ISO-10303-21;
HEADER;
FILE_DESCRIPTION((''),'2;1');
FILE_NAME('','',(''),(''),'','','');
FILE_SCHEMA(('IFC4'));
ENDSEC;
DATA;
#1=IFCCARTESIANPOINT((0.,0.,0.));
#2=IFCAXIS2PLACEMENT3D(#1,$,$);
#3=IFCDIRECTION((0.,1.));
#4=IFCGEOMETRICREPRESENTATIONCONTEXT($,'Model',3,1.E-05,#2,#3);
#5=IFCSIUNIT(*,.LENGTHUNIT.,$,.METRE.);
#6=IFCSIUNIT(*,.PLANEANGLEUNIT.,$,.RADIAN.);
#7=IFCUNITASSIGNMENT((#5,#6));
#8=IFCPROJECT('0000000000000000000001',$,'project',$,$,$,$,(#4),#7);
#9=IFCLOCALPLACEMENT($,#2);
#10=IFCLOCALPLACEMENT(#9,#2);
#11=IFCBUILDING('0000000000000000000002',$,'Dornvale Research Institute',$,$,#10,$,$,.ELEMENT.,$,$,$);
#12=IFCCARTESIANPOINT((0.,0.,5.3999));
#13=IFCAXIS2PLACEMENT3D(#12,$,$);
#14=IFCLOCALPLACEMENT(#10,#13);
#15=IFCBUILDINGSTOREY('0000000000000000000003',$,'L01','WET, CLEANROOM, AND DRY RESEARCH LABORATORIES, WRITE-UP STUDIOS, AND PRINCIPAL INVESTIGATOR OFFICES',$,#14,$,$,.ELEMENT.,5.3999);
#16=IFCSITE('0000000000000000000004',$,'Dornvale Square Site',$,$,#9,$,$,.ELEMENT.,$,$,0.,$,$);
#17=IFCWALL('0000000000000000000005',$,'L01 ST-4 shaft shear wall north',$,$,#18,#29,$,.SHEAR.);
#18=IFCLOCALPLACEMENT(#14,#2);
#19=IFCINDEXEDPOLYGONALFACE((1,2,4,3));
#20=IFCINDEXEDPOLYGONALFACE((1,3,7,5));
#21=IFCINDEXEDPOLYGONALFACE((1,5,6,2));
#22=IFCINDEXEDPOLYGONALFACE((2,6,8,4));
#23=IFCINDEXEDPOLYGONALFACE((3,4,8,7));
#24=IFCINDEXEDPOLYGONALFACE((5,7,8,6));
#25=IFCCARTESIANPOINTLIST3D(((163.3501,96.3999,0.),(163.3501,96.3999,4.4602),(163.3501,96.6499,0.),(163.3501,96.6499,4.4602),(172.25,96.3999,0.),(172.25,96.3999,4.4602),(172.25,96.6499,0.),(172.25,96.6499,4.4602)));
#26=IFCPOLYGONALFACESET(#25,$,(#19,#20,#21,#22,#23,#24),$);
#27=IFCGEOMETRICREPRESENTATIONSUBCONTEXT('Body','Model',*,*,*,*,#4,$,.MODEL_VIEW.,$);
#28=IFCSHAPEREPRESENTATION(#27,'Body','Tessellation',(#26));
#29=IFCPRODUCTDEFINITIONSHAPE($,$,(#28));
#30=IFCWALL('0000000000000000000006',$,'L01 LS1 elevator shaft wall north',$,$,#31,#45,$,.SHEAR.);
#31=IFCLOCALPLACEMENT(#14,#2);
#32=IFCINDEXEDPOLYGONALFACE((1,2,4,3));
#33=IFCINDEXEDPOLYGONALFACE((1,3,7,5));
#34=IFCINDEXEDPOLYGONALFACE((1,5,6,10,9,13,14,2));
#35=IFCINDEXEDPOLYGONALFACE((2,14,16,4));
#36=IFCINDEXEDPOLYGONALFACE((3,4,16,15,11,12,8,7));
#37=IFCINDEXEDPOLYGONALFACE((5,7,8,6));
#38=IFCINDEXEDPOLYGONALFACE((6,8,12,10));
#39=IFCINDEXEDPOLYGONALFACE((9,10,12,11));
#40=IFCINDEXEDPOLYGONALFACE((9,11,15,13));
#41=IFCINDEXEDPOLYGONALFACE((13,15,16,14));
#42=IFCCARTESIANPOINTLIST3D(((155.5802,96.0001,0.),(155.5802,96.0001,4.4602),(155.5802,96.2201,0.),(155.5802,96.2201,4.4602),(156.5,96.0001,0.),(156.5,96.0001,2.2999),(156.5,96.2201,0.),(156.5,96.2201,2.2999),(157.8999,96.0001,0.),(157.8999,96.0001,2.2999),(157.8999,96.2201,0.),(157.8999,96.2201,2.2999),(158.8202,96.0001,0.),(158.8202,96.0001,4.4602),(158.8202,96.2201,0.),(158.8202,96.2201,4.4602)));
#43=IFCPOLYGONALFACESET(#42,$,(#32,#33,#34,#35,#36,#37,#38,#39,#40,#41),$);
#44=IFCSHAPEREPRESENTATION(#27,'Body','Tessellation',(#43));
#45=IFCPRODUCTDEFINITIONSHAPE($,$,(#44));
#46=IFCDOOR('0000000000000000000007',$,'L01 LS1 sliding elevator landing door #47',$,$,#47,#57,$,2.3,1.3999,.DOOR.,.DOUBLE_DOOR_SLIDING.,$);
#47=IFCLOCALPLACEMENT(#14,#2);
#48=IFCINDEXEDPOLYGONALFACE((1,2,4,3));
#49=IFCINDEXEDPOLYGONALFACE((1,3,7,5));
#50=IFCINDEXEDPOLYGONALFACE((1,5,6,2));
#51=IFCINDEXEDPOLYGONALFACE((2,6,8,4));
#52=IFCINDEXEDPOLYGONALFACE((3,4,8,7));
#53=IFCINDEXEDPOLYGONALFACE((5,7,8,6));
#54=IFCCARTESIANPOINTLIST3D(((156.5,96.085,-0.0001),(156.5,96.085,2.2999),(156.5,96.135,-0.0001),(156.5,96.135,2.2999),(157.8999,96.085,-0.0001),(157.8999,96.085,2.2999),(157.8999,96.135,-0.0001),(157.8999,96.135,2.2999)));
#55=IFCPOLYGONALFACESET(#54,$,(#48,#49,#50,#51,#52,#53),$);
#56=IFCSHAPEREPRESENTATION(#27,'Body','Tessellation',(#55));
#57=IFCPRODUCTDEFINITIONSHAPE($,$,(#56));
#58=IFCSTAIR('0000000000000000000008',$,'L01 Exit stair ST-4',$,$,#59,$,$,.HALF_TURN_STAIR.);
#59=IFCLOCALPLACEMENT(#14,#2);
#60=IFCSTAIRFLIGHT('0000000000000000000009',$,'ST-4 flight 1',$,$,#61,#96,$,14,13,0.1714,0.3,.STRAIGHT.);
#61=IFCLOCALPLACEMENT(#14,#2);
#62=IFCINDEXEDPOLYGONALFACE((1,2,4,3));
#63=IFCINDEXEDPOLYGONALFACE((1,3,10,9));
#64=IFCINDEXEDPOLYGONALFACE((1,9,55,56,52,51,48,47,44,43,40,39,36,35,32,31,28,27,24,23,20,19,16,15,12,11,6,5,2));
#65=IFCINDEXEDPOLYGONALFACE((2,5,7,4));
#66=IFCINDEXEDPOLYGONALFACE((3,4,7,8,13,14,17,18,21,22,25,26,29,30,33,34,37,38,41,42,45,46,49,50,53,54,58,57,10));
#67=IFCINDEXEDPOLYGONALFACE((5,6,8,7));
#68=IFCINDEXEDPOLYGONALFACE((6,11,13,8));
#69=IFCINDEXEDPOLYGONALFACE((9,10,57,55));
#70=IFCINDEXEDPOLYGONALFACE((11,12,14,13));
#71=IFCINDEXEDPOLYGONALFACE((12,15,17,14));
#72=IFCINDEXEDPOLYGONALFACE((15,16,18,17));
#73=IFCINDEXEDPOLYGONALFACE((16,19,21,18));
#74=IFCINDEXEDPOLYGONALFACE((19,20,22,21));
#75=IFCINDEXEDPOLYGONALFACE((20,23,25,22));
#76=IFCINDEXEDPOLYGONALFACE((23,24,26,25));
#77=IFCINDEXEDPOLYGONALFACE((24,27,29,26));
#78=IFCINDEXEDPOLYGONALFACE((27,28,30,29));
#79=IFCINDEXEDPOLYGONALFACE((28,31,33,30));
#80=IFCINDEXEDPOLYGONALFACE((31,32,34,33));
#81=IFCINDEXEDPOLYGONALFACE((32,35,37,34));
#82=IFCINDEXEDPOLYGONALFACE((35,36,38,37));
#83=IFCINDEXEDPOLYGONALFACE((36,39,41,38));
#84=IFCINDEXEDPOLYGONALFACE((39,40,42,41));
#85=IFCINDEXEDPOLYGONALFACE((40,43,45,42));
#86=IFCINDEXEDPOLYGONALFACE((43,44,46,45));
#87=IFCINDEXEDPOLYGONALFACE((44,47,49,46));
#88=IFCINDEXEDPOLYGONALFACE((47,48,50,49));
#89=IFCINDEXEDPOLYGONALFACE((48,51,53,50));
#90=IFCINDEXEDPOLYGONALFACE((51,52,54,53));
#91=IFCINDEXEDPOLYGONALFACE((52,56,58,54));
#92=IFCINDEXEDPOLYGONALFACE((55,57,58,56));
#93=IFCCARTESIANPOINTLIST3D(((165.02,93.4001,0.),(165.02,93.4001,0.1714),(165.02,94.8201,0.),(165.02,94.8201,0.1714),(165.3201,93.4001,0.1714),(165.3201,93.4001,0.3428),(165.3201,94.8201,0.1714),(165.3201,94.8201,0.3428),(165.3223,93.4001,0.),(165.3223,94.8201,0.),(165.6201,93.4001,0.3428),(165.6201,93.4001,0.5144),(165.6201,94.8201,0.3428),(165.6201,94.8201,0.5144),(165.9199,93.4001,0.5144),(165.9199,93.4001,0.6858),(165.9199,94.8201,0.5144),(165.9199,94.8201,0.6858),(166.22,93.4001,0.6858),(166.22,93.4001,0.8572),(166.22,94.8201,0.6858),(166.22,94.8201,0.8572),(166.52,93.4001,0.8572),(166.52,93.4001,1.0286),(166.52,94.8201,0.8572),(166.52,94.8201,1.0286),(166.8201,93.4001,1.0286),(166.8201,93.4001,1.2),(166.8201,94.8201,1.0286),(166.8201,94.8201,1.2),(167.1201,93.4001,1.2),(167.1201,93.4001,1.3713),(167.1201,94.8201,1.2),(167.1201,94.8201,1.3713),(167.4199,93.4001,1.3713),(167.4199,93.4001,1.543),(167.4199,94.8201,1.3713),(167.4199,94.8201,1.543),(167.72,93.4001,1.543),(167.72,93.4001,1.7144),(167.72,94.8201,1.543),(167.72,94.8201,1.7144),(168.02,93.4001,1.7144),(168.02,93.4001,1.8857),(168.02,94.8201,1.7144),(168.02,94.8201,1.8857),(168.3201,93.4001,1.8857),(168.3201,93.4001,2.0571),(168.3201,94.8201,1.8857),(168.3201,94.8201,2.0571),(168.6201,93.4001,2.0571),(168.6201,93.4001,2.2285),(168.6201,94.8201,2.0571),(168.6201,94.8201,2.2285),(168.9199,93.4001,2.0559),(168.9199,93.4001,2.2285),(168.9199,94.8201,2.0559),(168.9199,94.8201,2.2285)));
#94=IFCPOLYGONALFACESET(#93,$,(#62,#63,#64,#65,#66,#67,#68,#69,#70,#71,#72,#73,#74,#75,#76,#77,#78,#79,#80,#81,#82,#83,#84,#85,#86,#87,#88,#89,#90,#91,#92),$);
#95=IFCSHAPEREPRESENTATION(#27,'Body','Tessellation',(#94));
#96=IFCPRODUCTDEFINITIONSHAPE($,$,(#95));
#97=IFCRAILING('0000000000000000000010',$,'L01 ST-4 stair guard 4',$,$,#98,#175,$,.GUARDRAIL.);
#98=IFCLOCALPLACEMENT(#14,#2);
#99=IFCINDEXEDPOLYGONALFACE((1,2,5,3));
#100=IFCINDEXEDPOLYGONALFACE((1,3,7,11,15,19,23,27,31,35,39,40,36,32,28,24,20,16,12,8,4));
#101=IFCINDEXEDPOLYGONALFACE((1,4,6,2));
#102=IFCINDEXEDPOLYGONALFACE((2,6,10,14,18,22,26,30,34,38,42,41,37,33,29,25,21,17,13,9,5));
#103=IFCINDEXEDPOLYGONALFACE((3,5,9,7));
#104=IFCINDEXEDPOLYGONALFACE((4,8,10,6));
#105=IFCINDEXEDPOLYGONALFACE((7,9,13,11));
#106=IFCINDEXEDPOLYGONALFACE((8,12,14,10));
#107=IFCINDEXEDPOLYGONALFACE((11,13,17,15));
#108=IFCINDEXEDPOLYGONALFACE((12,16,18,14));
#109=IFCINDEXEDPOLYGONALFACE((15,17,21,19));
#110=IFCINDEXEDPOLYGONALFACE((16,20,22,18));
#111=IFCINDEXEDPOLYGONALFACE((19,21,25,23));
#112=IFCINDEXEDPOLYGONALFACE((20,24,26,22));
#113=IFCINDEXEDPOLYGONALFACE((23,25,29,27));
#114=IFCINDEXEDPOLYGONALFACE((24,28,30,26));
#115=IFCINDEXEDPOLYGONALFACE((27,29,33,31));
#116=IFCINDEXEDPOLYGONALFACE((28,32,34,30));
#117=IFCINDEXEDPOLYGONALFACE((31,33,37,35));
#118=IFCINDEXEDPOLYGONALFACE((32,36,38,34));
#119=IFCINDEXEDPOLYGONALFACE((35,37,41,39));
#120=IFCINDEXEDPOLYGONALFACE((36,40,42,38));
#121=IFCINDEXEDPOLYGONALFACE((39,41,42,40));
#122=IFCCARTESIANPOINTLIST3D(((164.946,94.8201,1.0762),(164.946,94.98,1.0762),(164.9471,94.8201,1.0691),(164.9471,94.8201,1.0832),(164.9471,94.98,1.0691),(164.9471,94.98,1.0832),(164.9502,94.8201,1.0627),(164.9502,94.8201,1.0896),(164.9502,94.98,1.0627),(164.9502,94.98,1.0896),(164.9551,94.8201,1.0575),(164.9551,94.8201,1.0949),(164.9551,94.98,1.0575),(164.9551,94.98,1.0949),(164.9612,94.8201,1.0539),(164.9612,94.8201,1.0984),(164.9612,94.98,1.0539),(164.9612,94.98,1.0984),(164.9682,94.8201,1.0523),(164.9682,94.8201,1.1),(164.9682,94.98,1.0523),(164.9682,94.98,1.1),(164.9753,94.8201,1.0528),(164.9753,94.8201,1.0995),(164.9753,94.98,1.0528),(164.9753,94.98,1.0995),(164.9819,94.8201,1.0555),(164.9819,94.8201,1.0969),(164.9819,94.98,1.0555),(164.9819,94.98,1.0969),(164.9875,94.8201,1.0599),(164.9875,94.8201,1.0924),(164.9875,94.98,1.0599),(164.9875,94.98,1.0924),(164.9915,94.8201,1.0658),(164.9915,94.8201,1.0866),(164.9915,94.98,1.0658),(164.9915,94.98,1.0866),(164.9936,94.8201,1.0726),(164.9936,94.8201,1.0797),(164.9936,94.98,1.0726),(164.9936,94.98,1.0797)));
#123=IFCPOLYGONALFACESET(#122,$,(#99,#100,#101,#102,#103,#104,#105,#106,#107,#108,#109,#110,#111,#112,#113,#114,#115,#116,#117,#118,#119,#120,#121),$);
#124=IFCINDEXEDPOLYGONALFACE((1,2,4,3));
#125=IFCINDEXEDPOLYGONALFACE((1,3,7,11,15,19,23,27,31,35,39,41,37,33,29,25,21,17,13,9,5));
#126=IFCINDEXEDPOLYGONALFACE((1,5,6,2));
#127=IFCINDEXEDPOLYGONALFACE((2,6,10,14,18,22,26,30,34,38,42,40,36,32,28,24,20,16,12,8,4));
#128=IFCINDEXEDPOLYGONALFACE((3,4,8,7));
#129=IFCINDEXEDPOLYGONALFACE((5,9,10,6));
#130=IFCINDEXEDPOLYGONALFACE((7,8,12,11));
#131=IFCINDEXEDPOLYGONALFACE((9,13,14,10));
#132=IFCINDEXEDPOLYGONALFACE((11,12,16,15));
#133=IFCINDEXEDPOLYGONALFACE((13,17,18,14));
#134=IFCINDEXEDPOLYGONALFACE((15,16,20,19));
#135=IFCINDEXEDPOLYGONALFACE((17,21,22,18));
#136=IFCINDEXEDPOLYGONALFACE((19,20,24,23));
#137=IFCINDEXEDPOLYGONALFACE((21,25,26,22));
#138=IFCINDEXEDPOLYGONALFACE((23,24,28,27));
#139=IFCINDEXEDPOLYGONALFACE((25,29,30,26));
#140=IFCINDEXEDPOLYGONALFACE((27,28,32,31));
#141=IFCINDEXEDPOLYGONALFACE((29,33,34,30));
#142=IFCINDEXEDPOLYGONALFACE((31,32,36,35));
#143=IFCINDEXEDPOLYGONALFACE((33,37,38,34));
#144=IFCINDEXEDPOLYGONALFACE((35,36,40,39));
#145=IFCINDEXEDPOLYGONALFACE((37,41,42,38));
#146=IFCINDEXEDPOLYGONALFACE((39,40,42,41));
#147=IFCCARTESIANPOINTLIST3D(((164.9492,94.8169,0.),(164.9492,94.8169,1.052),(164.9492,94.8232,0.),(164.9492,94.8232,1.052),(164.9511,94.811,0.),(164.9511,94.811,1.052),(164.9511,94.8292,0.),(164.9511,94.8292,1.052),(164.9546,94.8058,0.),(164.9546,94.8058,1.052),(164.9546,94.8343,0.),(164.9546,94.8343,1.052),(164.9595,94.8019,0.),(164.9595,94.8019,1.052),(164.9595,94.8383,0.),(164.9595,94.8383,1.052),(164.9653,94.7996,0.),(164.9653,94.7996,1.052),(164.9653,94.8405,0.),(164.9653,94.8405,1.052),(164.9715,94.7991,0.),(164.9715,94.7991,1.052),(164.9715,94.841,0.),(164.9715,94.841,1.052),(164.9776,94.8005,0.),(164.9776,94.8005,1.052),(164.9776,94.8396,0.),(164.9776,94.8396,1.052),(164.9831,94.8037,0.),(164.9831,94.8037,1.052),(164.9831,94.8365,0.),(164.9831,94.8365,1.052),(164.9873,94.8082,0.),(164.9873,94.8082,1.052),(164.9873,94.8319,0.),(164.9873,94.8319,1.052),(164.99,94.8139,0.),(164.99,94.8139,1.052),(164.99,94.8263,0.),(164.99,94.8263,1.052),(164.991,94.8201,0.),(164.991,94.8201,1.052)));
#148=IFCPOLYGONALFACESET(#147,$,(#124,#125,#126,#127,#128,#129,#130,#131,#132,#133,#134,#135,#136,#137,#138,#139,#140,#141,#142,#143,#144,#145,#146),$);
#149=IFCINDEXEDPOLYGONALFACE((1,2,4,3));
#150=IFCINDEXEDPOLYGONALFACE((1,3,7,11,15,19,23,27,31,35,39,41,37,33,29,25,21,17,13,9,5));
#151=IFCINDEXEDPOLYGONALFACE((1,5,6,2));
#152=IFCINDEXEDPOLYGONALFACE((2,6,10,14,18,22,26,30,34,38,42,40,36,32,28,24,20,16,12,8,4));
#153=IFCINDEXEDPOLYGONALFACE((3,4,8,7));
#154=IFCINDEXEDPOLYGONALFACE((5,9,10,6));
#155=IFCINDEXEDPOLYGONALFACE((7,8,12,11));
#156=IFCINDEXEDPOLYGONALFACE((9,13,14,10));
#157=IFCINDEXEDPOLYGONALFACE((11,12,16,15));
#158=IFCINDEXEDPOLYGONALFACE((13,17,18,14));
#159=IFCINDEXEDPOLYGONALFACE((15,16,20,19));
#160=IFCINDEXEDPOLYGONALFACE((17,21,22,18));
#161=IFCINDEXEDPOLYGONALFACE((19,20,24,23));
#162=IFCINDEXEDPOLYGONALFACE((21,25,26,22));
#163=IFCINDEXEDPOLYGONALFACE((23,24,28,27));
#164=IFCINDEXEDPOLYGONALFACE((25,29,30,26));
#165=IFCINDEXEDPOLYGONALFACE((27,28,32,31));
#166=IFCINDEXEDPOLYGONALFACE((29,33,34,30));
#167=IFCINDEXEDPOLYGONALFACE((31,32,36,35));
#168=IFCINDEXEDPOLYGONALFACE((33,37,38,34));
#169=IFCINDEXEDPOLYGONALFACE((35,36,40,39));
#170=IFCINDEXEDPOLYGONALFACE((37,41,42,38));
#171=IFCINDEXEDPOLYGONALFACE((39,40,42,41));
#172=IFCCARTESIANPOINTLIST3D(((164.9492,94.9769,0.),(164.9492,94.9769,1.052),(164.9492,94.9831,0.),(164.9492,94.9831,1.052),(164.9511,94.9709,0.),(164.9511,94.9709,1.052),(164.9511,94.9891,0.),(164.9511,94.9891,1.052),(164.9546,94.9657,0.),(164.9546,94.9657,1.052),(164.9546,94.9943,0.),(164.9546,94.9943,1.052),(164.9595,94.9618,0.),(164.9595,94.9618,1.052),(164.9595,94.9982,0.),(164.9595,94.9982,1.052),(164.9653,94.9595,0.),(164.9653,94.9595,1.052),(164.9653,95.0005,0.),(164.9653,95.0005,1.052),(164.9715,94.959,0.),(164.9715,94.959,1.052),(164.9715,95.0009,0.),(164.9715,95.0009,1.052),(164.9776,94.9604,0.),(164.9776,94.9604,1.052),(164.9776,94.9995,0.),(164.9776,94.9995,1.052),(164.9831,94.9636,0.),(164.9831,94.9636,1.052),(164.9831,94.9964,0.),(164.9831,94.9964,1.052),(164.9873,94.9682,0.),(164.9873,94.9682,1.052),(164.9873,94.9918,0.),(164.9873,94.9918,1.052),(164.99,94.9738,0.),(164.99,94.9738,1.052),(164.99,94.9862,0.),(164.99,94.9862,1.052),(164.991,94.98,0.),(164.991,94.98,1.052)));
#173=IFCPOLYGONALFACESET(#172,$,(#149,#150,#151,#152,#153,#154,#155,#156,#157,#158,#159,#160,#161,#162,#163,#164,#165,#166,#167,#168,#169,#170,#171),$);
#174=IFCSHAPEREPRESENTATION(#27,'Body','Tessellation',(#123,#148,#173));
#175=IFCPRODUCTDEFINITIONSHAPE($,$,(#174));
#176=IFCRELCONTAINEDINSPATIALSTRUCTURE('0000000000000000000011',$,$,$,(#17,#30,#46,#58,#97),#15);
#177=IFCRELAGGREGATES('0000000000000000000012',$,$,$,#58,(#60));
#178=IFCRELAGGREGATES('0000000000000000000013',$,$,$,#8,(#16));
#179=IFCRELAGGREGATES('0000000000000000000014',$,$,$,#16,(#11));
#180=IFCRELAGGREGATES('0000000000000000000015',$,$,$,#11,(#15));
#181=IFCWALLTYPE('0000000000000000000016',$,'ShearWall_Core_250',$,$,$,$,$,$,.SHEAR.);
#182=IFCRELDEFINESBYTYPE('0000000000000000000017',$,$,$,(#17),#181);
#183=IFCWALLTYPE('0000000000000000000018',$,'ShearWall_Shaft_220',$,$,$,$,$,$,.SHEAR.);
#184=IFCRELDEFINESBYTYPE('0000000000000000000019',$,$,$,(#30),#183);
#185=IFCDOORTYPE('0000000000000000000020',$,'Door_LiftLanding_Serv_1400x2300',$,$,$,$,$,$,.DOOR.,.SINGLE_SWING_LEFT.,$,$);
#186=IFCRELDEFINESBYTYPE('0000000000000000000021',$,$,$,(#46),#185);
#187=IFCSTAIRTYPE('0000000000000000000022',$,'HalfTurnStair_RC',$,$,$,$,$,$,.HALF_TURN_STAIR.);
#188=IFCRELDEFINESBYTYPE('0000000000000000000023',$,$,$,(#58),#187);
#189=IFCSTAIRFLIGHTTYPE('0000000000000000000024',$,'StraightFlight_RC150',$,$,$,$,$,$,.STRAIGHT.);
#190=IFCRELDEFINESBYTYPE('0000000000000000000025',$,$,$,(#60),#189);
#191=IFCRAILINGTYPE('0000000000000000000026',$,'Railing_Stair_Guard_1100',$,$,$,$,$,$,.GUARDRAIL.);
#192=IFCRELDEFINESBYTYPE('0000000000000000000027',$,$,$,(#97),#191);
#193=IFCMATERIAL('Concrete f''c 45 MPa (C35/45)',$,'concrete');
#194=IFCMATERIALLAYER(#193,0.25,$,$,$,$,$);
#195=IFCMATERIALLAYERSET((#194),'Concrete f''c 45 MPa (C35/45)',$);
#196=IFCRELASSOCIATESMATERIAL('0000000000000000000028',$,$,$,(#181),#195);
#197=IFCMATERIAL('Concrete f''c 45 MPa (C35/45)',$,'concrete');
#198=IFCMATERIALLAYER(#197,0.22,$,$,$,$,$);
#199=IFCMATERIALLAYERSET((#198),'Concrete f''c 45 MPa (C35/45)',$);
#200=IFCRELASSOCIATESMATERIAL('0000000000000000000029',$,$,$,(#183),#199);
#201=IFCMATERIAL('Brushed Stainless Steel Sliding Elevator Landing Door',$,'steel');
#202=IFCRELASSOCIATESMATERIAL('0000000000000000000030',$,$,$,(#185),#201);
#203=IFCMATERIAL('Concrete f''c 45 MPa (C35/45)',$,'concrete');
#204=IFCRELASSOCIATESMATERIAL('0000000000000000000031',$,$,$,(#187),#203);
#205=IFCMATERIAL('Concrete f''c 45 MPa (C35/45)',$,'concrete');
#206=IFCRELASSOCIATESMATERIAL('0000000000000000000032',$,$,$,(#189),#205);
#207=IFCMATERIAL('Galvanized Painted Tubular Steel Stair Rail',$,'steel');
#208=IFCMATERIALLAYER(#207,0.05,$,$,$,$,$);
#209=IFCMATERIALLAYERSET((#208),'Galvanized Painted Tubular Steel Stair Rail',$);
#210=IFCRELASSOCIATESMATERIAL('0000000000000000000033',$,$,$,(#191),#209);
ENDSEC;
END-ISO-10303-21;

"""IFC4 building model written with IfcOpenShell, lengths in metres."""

from ifc_helpers import new_model, si_unit, direction, frame, frame_2d, origin, origin_2d, place, context, subcontext, project, spatial, polyline, rectangle, circle, outline, extrude, material, layer, layer_set, type_object, element, fill, aggregate, save


model = new_model("IFC4")

# Units and contexts
model_context = context("Model", 3, precision=1e-05, world=origin(), true_north=direction((0.0, 1.0)))
body_context = subcontext(model_context, "Body", "Model", "MODEL_VIEW")
ifc_project = project(units=[si_unit("LENGTHUNIT", "METRE"), si_unit("PLANEANGLEUNIT", "RADIAN")], contexts=[model_context])

# Site, building, storey
site_placement = place(None, origin())
site = spatial("IfcSite", under=ifc_project, at=site_placement, Name="Dornvale Square Site", CompositionType="ELEMENT", RefElevation=0.0)
building_placement = place(site_placement, origin())
building = spatial("IfcBuilding", under=site, at=building_placement, Name="Dornvale Research Institute", CompositionType="ELEMENT")
storey_placement = place(building_placement, frame((0.0, 0.0, 5.3999)))
storey = spatial("IfcBuildingStorey", under=building, at=storey_placement, Name="L01", Description="WET, CLEANROOM, AND DRY RESEARCH LABORATORIES, WRITE-UP STUDIOS, AND PRINCIPAL INVESTIGATOR OFFICES", CompositionType="ELEMENT", Elevation=5.3999)

# Wall
ifc_material_1 = material(Name="Concrete f'c 45 MPa (C35/45)", Category="concrete")
ifc_layer_1 = layer(ifc_material_1, 0.25)
ifc_layer_set_1 = layer_set([ifc_layer_1], Name="Concrete f'c 45 MPa (C35/45)")
wall_type_1 = type_object("IfcWallType", Name="ShearWall_Core_250", PredefinedType="SHEAR", material=ifc_layer_set_1)
wall_1_placement = place(storey_placement, frame((163.3501, 96.5249, 0.0), z_axis=(0.0, 0.0, 1.0), x_axis=(1.0, 0.0, 0.0)))
element("IfcWall", 1, at=wall_1_placement, inside=storey, type_object=wall_type_1, Name="L01 ST-4 shaft shear wall north", PredefinedType="SHEAR", context=body_context, shape_type="SweptSolid", body=[
    extrude(rectangle(XDim=8.8999, YDim=0.25, at=frame_2d((4.45, 0.0))), origin(), (0.0, 0.0, 1.0), 4.4602),
])

# Wall, opening, door
ifc_material_2 = material(Name="Concrete f'c 45 MPa (C35/45)", Category="concrete")
ifc_layer_2 = layer(ifc_material_2, 0.22)
ifc_layer_set_2 = layer_set([ifc_layer_2], Name="Concrete f'c 45 MPa (C35/45)")
wall_type_2 = type_object("IfcWallType", Name="ShearWall_Shaft_220", PredefinedType="SHEAR", material=ifc_layer_set_2)
wall_2_placement = place(storey_placement, frame((155.5801, 96.1101, 0.0), z_axis=(0.0, 0.0, 1.0), x_axis=(1.0, 0.0, 0.0)))
wall_2 = element("IfcWall", 2, at=wall_2_placement, inside=storey, type_object=wall_type_2, Name="L01 LS1 elevator shaft wall north", PredefinedType="SHEAR", context=body_context, shape_type="SweptSolid", body=[
    extrude(rectangle(XDim=3.24, YDim=0.22, at=frame_2d((1.6201, 0.0))), origin(), (0.0, 0.0, 1.0), 4.4602),
])
opening_1_placement = place(wall_2_placement, frame((0.9199, 0.0, 0.0)))
opening_1 = element("IfcOpeningElement", 3, at=opening_1_placement, cuts=wall_2, PredefinedType="OPENING", context=body_context, shape_type="SweptSolid", body=[
    extrude(rectangle(XDim=1.3999, YDim=2.3, at=frame_2d((0.7, 1.1499))), frame((0.0, 0.125, 0.0), z_axis=(0.0, -1.0, 0.0), x_axis=(1.0, 0.0, 0.0)), (0.0, 0.0, 1.0), 0.25),
])
ifc_material_3 = material(Name="Brushed Stainless Steel Sliding Elevator Landing Door", Category="steel")
door_type_1 = type_object("IfcDoorType", Name="Door_LiftLanding_Serv_1400x2300", OperationType="SINGLE_SWING_LEFT", PredefinedType="DOOR", material=ifc_material_3)
door_1_placement = place(opening_1_placement, origin())
door_1 = element("IfcDoor", 4, at=door_1_placement, inside=storey, type_object=door_type_1, Name="L01 LS1 sliding elevator landing door #47", OperationType="DOUBLE_DOOR_SLIDING", OverallHeight=2.3, OverallWidth=1.3999, PredefinedType="DOOR", context=body_context, shape_type="SweptSolid", body=[
    extrude(rectangle(XDim=1.3999, YDim=2.3, at=frame_2d((0.7, 1.1499))), frame((0.0, 0.0249, 0.0), z_axis=(0.0, -1.0, 0.0), x_axis=(1.0, 0.0, 0.0)), (0.0, 0.0, 1.0), 0.05),
])
fill(opening_1, door_1)

# Stair, stair flight
ifc_material_4 = material(Name="Concrete f'c 45 MPa (C35/45)", Category="concrete")
stair_type = type_object("IfcStairType", Name="HalfTurnStair_RC", PredefinedType="HALF_TURN_STAIR", material=ifc_material_4)
stair_placement = place(storey_placement, origin())
stair = element("IfcStair", 5, at=stair_placement, inside=storey, type_object=stair_type, Name="L01 Exit stair ST-4", PredefinedType="HALF_TURN_STAIR")
ifc_material_5 = material(Name="Concrete f'c 45 MPa (C35/45)", Category="concrete")
stair_flight_type = type_object("IfcStairFlightType", Name="StraightFlight_RC150", PredefinedType="STRAIGHT", material=ifc_material_5)
stair_flight_placement = place(storey_placement, frame((165.02, 94.1101, 0.0), z_axis=(0.0, 0.0, 1.0), x_axis=(1.0, 0.0, 0.0)))
stair_flight = element("IfcStairFlight", 6, at=stair_flight_placement, type_object=stair_flight_type, Name="ST-4 flight 1", NumberOfRisers=14, NumberOfTreads=13, PredefinedType="STRAIGHT", RiserHeight=0.1714, TreadLength=0.3, context=body_context, shape_type="SweptSolid", body=[
    extrude(outline(polyline([(0.0, 0.0), (0.0, 0.1714), (0.3, 0.1714), (0.3, 0.3428), (0.6001, 0.3428), (0.6001, 0.5144), (0.8999, 0.5144), (0.8999, 0.6858), (1.2, 0.6858), (1.2, 0.8572), (1.5, 0.8572), (1.5, 1.0286), (1.8, 1.0286), (1.8, 1.2), (2.1001, 1.2), (2.1001, 1.3713), (2.3999, 1.3713), (2.3999, 1.543), (2.7, 1.543), (2.7, 1.7144), (3.0, 1.7144), (3.0, 1.8857), (3.3, 1.8857), (3.3, 2.0571), (3.6001, 2.0571), (3.6001, 2.2285), (3.8999, 2.2285), (3.8999, 2.3999), (3.8999, 2.0559), (0.3022, 0.0), (0.0, 0.0)])), frame((0.0, 0.71, 0.0), z_axis=(0.0, -1.0, 0.0), x_axis=(1.0, 0.0, 0.0)), (0.0, 0.0, 1.0), 1.4199),
])
aggregate(stair, [stair_flight])

# Railing
ifc_material_6 = material(Name="Galvanized Painted Tubular Steel Stair Rail", Category="steel")
ifc_layer_3 = layer(ifc_material_6, 0.05)
ifc_layer_set_3 = layer_set([ifc_layer_3], Name="Galvanized Painted Tubular Steel Stair Rail")
railing_type_1 = type_object("IfcRailingType", Name="Railing_Stair_Guard_1100", PredefinedType="GUARDRAIL", material=ifc_layer_set_3)
railing_1_placement = place(storey_placement, frame((164.97, 94.8201, 0.0)))
element("IfcRailing", 7, at=railing_1_placement, inside=storey, type_object=railing_type_1, Name="L01 ST-4 stair guard 4", PredefinedType="GUARDRAIL", context=body_context, shape_type="SweptSolid", body=[
    extrude(circle(Radius=0.0239, at=origin_2d()), frame((0.0, 0.0, 1.0762), z_axis=(0.0, 1.0, 0.0), x_axis=(-1.0, 0.0, 0.0)), (0.0, 0.0, 1.0), 0.1599),
    extrude(circle(Radius=0.021, at=origin_2d()), origin(), (0.0, 0.0, 1.0), 1.052),
    extrude(circle(Radius=0.021, at=origin_2d()), frame((0.0, 0.1599, 0.0)), (0.0, 0.0, 1.0), 1.052),
])

save(model, "model.ifc")
